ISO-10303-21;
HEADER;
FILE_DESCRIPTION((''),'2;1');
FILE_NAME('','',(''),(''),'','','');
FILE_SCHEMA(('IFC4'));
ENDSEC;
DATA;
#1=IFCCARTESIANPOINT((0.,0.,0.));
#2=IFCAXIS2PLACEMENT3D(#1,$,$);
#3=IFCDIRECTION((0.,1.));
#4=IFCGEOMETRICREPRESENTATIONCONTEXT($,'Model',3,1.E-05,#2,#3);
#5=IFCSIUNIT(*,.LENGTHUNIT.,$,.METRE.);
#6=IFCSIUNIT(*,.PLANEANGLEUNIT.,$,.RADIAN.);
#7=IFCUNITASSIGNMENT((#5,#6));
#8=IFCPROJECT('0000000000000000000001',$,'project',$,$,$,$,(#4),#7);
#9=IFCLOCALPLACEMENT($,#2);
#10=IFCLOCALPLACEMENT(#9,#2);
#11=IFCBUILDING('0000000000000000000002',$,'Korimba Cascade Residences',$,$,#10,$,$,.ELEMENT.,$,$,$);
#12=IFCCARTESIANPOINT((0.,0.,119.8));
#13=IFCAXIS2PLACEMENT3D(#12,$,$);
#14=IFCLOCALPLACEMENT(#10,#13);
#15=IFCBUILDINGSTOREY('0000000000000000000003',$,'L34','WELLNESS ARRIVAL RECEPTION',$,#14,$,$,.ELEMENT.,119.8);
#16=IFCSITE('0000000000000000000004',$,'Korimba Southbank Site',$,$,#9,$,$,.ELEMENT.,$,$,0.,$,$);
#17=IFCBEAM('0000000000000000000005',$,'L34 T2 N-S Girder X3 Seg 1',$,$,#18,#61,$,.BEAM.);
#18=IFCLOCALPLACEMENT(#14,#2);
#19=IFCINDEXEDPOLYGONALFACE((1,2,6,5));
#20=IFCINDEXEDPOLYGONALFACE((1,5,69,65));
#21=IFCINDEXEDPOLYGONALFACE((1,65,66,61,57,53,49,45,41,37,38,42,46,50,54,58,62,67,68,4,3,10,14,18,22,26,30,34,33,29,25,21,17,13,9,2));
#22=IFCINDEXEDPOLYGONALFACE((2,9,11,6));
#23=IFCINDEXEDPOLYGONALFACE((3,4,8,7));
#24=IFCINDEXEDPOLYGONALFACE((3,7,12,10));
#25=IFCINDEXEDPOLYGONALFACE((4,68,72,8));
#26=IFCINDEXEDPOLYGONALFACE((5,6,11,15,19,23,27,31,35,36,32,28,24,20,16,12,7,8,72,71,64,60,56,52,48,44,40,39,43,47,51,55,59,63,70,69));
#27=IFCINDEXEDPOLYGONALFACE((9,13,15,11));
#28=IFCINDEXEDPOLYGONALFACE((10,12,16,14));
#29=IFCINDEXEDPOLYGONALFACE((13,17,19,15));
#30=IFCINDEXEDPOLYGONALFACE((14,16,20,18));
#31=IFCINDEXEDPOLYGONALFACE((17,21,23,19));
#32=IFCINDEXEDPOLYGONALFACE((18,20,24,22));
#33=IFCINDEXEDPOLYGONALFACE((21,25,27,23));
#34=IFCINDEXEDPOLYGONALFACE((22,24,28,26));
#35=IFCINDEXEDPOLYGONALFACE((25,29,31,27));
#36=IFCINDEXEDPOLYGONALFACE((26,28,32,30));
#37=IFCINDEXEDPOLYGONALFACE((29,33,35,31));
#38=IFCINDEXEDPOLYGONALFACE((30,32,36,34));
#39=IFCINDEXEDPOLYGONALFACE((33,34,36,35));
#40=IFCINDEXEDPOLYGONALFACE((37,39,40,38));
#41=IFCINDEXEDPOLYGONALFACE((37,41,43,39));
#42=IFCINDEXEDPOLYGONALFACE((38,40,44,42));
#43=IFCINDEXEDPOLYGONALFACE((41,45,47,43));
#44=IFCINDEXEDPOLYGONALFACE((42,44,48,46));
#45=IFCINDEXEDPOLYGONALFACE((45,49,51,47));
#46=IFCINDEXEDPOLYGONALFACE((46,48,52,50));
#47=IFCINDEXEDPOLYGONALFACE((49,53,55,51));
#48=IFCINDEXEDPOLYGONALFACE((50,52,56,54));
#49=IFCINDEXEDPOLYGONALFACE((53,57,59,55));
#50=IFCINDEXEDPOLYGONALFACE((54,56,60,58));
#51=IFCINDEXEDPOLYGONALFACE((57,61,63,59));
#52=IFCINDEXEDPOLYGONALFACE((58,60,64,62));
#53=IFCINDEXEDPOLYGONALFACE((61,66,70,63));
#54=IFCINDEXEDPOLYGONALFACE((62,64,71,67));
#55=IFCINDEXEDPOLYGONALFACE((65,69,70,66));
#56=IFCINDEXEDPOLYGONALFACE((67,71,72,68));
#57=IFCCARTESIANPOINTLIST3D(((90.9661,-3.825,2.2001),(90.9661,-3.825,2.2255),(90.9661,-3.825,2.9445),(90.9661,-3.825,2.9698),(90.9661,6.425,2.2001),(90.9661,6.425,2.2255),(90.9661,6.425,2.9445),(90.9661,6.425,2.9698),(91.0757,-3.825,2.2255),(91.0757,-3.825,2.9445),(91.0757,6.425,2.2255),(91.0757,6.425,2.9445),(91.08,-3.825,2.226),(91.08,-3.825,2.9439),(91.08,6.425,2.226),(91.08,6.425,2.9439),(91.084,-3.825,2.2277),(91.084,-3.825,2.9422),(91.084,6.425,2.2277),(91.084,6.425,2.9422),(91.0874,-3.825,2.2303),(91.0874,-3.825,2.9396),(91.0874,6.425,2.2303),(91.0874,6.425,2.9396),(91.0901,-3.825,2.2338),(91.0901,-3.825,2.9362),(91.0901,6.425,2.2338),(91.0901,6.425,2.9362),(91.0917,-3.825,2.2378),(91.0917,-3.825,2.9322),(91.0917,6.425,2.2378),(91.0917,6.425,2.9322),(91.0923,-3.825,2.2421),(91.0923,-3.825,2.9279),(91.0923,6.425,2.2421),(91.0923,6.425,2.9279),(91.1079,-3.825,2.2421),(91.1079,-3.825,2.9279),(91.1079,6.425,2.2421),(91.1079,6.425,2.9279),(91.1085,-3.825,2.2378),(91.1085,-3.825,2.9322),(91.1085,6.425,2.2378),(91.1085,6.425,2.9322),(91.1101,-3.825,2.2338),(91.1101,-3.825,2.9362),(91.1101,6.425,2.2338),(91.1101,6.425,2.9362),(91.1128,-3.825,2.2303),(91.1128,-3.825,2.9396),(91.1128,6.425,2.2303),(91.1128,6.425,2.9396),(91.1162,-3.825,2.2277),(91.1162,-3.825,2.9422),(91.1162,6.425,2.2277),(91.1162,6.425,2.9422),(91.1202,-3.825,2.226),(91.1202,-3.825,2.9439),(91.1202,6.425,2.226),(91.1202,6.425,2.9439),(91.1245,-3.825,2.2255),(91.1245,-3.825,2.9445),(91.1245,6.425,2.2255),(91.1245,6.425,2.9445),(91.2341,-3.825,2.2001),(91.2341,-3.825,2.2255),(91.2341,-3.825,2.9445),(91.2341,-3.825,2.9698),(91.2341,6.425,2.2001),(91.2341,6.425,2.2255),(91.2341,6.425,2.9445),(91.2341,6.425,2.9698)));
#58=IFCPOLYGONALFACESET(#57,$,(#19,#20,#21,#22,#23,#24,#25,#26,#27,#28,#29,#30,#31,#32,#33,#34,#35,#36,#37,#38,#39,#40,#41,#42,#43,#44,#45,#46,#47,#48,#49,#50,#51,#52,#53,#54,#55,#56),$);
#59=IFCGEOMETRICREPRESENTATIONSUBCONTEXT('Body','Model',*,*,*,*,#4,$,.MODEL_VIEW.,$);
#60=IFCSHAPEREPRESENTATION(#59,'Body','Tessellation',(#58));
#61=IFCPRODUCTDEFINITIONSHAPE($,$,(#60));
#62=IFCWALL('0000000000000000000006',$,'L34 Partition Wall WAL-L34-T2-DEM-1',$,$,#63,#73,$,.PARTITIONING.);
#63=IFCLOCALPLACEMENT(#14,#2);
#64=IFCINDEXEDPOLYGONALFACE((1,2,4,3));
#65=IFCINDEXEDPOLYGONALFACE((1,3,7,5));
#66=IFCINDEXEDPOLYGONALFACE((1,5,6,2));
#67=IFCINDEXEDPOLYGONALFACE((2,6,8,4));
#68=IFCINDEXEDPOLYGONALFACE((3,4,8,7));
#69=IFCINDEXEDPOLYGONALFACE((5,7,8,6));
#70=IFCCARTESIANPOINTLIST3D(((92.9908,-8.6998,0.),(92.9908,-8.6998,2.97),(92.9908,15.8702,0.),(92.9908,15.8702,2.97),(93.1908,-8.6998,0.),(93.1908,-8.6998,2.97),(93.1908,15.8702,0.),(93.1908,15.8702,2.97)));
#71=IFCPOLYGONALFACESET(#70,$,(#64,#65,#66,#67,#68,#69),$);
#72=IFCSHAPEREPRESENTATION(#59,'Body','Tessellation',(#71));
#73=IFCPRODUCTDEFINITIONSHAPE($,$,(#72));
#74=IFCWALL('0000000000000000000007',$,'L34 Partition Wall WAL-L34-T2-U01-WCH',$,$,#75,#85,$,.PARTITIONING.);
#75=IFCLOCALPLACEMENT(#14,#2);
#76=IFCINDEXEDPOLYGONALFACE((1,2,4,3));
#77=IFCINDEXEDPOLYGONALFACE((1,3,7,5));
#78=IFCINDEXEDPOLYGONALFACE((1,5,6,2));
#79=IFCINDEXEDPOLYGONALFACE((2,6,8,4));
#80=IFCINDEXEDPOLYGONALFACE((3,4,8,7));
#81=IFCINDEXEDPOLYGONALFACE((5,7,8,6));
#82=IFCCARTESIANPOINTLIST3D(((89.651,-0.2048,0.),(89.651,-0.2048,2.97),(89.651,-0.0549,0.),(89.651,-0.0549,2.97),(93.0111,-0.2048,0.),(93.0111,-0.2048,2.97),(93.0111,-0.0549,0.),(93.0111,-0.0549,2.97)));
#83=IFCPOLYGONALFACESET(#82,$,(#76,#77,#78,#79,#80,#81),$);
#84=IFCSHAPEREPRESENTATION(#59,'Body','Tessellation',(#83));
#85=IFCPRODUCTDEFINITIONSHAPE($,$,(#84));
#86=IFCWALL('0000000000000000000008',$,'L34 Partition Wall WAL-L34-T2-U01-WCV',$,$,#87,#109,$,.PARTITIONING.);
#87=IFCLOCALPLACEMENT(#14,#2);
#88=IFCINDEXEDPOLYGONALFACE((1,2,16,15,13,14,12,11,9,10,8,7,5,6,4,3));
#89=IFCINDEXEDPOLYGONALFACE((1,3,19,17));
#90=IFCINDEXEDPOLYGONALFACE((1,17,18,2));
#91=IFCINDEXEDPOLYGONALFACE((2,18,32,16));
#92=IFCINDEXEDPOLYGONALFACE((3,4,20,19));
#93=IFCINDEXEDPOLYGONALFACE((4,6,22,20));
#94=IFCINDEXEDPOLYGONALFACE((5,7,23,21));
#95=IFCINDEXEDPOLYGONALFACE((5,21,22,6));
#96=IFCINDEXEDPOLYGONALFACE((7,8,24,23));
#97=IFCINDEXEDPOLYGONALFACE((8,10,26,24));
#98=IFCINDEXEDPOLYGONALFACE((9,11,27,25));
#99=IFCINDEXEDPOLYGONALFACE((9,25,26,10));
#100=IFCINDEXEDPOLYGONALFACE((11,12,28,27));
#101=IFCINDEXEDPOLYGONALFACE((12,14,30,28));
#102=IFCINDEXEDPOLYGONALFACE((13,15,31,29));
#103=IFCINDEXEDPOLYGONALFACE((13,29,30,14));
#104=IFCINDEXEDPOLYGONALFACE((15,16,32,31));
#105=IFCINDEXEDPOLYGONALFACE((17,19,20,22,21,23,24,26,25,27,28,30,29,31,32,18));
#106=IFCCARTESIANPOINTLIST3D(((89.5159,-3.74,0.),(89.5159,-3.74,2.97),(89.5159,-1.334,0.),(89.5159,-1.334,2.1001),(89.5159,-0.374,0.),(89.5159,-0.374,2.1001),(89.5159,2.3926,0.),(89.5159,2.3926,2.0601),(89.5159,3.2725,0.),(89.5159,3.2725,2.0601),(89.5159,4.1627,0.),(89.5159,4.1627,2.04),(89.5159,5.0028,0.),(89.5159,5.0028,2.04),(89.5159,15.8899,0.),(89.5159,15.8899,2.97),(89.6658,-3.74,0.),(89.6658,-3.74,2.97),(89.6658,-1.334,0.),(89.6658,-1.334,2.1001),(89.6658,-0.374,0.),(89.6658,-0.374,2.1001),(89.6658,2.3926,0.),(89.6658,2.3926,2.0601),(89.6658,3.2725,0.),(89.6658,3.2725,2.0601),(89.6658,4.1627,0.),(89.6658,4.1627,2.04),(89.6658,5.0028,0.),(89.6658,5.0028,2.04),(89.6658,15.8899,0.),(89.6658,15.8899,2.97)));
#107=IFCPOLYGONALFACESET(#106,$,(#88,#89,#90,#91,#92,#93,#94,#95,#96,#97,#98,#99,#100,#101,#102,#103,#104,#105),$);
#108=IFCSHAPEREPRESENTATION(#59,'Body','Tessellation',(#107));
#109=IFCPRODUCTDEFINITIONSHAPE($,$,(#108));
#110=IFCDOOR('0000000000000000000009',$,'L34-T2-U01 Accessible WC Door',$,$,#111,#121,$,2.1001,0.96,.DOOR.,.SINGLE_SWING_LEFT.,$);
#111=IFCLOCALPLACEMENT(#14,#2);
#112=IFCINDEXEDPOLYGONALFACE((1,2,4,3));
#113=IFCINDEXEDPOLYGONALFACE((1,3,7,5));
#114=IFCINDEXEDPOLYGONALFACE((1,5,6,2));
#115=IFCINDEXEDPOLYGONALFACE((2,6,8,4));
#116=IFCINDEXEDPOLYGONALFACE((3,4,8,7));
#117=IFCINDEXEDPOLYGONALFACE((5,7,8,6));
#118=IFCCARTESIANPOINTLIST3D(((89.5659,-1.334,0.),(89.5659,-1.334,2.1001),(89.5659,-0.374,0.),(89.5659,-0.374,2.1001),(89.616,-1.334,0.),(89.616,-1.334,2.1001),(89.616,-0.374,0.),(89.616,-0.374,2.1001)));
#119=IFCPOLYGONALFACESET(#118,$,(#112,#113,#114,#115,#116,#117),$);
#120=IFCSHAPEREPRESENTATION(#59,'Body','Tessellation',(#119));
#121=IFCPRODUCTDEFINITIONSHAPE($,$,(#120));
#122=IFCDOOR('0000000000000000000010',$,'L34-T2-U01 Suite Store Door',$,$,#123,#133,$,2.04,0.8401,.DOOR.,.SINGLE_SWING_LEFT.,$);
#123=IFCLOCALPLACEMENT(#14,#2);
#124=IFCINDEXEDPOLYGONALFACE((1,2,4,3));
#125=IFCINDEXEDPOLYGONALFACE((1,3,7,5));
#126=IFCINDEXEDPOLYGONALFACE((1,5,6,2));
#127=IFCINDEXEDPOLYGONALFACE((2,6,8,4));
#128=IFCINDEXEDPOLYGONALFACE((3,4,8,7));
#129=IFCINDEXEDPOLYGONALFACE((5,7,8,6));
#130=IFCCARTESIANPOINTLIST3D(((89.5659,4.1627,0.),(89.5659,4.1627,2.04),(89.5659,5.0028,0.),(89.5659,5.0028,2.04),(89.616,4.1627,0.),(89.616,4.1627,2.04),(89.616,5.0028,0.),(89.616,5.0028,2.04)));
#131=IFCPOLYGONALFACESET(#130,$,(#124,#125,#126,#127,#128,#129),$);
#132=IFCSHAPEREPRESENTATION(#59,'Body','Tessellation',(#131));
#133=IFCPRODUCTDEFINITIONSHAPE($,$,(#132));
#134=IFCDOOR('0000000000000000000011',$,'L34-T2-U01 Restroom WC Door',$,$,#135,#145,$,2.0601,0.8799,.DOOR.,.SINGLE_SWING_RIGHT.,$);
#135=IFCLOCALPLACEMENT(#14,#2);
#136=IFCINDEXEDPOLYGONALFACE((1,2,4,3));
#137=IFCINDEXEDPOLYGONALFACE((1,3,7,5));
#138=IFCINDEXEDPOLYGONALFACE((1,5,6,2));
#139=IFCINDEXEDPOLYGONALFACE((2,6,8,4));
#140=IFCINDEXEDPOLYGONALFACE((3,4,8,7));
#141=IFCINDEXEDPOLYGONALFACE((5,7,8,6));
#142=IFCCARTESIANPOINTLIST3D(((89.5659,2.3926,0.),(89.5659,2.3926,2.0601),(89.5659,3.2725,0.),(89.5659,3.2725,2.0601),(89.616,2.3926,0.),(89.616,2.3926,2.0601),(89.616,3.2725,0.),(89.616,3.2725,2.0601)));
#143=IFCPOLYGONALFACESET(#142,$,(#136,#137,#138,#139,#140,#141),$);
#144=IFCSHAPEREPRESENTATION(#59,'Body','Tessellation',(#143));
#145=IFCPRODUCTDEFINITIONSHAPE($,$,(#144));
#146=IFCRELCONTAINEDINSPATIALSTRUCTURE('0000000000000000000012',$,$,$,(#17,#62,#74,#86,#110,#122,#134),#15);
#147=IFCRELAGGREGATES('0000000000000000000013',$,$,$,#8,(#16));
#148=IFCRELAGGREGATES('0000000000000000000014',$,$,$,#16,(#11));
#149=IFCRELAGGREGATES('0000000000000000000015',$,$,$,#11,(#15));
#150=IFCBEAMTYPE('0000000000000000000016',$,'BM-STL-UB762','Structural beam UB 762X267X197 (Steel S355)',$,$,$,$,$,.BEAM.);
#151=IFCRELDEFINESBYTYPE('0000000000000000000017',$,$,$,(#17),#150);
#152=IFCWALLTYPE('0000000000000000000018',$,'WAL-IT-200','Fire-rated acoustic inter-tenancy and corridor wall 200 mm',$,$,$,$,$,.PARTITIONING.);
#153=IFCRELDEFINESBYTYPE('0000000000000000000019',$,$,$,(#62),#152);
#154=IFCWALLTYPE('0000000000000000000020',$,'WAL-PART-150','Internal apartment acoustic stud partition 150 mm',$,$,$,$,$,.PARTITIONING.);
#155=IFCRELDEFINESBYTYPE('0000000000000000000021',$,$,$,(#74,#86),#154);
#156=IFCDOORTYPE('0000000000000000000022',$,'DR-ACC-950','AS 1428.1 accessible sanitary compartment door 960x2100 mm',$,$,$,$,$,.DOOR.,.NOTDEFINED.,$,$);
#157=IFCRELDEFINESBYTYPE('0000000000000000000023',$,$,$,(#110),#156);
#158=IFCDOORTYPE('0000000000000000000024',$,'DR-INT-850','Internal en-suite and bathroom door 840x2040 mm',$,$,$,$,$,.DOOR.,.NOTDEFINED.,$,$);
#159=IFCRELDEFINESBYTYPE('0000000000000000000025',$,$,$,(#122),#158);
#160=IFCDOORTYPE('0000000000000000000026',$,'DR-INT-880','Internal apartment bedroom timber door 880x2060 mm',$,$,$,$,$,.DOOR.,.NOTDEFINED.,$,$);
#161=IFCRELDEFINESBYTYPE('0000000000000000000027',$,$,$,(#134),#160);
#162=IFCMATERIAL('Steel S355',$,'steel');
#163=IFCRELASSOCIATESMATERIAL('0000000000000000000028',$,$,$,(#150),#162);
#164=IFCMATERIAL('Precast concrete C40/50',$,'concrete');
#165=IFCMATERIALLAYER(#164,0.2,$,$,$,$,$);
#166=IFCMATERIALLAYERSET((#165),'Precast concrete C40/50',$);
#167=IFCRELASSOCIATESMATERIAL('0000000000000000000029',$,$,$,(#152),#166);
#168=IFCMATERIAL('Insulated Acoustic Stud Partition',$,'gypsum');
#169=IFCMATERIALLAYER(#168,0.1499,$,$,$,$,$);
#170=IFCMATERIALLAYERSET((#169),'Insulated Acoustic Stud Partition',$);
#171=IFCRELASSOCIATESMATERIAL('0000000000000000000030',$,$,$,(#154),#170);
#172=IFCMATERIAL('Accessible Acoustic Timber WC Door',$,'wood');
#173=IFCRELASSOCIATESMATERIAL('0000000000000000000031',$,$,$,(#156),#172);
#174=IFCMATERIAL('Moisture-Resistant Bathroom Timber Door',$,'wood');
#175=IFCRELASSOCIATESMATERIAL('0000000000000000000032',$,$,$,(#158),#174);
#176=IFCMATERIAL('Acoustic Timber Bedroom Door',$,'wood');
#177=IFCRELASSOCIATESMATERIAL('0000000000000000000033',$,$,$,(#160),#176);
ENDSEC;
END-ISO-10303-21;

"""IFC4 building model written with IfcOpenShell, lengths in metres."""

from ifc_helpers import new_model, si_unit, direction, frame, frame_2d, origin, origin_2d, place, context, subcontext, project, spatial, rectangle, i_section, extrude, material, layer, layer_set, material_profile, profile_set, type_object, element, fill, save


model = new_model("IFC4")

# Units and contexts
model_context = context("Model", 3, precision=1e-05, world=origin(), true_north=direction((0.0, 1.0)))
body_context = subcontext(model_context, "Body", "Model", "MODEL_VIEW")
ifc_project = project(units=[si_unit("LENGTHUNIT", "METRE"), si_unit("PLANEANGLEUNIT", "RADIAN")], contexts=[model_context])

# Site, building, storey
site_placement = place(None, origin())
site = spatial("IfcSite", under=ifc_project, at=site_placement, Name="Korimba Southbank Site", CompositionType="ELEMENT", RefElevation=0.0)
building_placement = place(site_placement, origin())
building = spatial("IfcBuilding", under=site, at=building_placement, Name="Korimba Cascade Residences", CompositionType="ELEMENT")
storey_placement = place(building_placement, frame((0.0, 0.0, 119.8)))
storey = spatial("IfcBuildingStorey", under=building, at=storey_placement, Name="L34", Description="WELLNESS ARRIVAL RECEPTION", CompositionType="ELEMENT", Elevation=119.8)

# Beam
ifc_material_1 = material(Name="Steel S355", Category="steel")
ifc_material_profile_1 = material_profile(ifc_material_1, i_section(OverallWidth=0.2681, OverallDepth=0.7698, WebThickness=0.0156, FlangeThickness=0.0254, FilletRadius=0.0166, at=origin_2d()), Name="Steel S355")
ifc_profile_set_1 = profile_set([ifc_material_profile_1], Name="Steel S355")
beam_type_1 = type_object("IfcBeamType", Name="BM-STL-UB762", Description="Structural beam UB 762X267X197 (Steel S355)", PredefinedType="BEAM", material=ifc_profile_set_1)
for number, where, z_axis, x_axis, name in (
    (1, (91.1001, -3.825, 2.585), (0.0, 1.0, 0.0), (-1.0, 0.0, 0.0), "L34 T2 N-S Girder X3 Seg 1"),
):
    element("IfcBeam", number, at=place(storey_placement, frame(where, z_axis=z_axis, x_axis=x_axis)), inside=storey, type_object=beam_type_1, Name=name, PredefinedType="BEAM", context=body_context, shape_type="SweptSolid", body=[
        extrude(i_section(OverallWidth=0.2681, OverallDepth=0.7698, WebThickness=0.0156, FlangeThickness=0.0254, FilletRadius=0.0166, at=origin_2d()), origin(), (0.0, 0.0, 1.0), 10.25),
    ])

# Walls
ifc_material_2 = material(Name="Precast concrete C40/50", Category="concrete")
ifc_layer_1 = layer(ifc_material_2, 0.2)
ifc_layer_set_1 = layer_set([ifc_layer_1], Name="Precast concrete C40/50")
wall_type_1 = type_object("IfcWallType", Name="WAL-IT-200", Description="Fire-rated acoustic inter-tenancy and corridor wall 200 mm", PredefinedType="PARTITIONING", material=ifc_layer_set_1)
wall_1_placement = place(storey_placement, frame((93.0908, -8.7, 0.0), z_axis=(0.0, 0.0, 1.0), x_axis=(0.0, 1.0, 0.0)))
element("IfcWall", 2, at=wall_1_placement, inside=storey, type_object=wall_type_1, Name="L34 Partition Wall WAL-L34-T2-DEM-1", PredefinedType="PARTITIONING", context=body_context, shape_type="SweptSolid", body=[
    extrude(rectangle(XDim=24.5701, YDim=0.2, at=frame_2d((12.2852, 0.0))), origin(), (0.0, 0.0, 1.0), 2.97),
])
ifc_material_3 = material(Name="Insulated Acoustic Stud Partition", Category="gypsum")
ifc_layer_2 = layer(ifc_material_3, 0.1499)
ifc_layer_set_2 = layer_set([ifc_layer_2], Name="Insulated Acoustic Stud Partition")
wall_type_2 = type_object("IfcWallType", Name="WAL-PART-150", Description="Internal apartment acoustic stud partition 150 mm", PredefinedType="PARTITIONING", material=ifc_layer_set_2)
wall_2_placement = place(storey_placement, frame((89.6509, -0.1299, 0.0), z_axis=(0.0, 0.0, 1.0), x_axis=(1.0, 0.0, 0.0)))
element("IfcWall", 3, at=wall_2_placement, inside=storey, type_object=wall_type_2, Name="L34 Partition Wall WAL-L34-T2-U01-WCH", PredefinedType="PARTITIONING", context=body_context, shape_type="SweptSolid", body=[
    extrude(rectangle(XDim=3.3601, YDim=0.1499, at=frame_2d((1.6802, 0.0))), origin(), (0.0, 0.0, 1.0), 2.97),
])

# Wall, openings, doors
wall_3_placement = place(storey_placement, frame((89.5908, -3.74, 0.0), z_axis=(0.0, 0.0, 1.0), x_axis=(0.0, 1.0, 0.0)))
wall_3 = element("IfcWall", 4, at=wall_3_placement, inside=storey, type_object=wall_type_2, Name="L34 Partition Wall WAL-L34-T2-U01-WCV", PredefinedType="PARTITIONING", context=body_context, shape_type="SweptSolid", body=[
    extrude(rectangle(XDim=19.6299, YDim=0.1499, at=frame_2d((9.8149, 0.0))), origin(), (0.0, 0.0, 1.0), 2.97),
])
opening_1_placement = place(wall_3_placement, frame((2.406, 0.0, 0.0)))
opening_1 = element("IfcOpeningElement", 5, at=opening_1_placement, cuts=wall_3, PredefinedType="OPENING", context=body_context, shape_type="SweptSolid", body=[
    extrude(rectangle(XDim=0.96, YDim=2.1001, at=frame_2d((0.48, 1.05))), frame((0.0, 0.085, 0.0), z_axis=(0.0, -1.0, 0.0), x_axis=(1.0, 0.0, 0.0)), (0.0, 0.0, 1.0), 0.1699),
])
opening_2_placement = place(wall_3_placement, frame((6.1326, 0.0, 0.0)))
opening_2 = element("IfcOpeningElement", 6, at=opening_2_placement, cuts=wall_3, PredefinedType="OPENING", context=body_context, shape_type="SweptSolid", body=[
    extrude(rectangle(XDim=0.8799, YDim=2.0601, at=frame_2d((0.4399, 1.03))), frame((0.0, 0.085, 0.0), z_axis=(0.0, -1.0, 0.0), x_axis=(1.0, 0.0, 0.0)), (0.0, 0.0, 1.0), 0.1699),
])
opening_3_placement = place(wall_3_placement, frame((7.9028, 0.0, 0.0)))
opening_3 = element("IfcOpeningElement", 7, at=opening_3_placement, cuts=wall_3, PredefinedType="OPENING", context=body_context, shape_type="SweptSolid", body=[
    extrude(rectangle(XDim=0.8401, YDim=2.04, at=frame_2d((0.4199, 1.02))), frame((0.0, 0.085, 0.0), z_axis=(0.0, -1.0, 0.0), x_axis=(1.0, 0.0, 0.0)), (0.0, 0.0, 1.0), 0.1699),
])
ifc_material_4 = material(Name="Accessible Acoustic Timber WC Door", Category="wood")
door_type_1 = type_object("IfcDoorType", Name="DR-ACC-950", Description="AS 1428.1 accessible sanitary compartment door 960x2100 mm", OperationType="NOTDEFINED", PredefinedType="DOOR", material=ifc_material_4)
door_1_placement = place(opening_1_placement, origin())
door_1 = element("IfcDoor", 8, at=door_1_placement, inside=storey, type_object=door_type_1, Name="L34-T2-U01 Accessible WC Door", OperationType="SINGLE_SWING_LEFT", OverallHeight=2.1001, OverallWidth=0.96, PredefinedType="DOOR", context=body_context, shape_type="SweptSolid", body=[
    extrude(rectangle(XDim=0.96, YDim=2.1001, at=frame_2d((0.48, 1.05))), frame((0.0, 0.0249, 0.0), z_axis=(0.0, -1.0, 0.0), x_axis=(1.0, 0.0, 0.0)), (0.0, 0.0, 1.0), 0.05),
])
fill(opening_1, door_1)
ifc_material_5 = material(Name="Moisture-Resistant Bathroom Timber Door", Category="wood")
door_type_2 = type_object("IfcDoorType", Name="DR-INT-850", Description="Internal en-suite and bathroom door 840x2040 mm", OperationType="NOTDEFINED", PredefinedType="DOOR", material=ifc_material_5)
door_2_placement = place(opening_3_placement, origin())
door_2 = element("IfcDoor", 9, at=door_2_placement, inside=storey, type_object=door_type_2, Name="L34-T2-U01 Suite Store Door", OperationType="SINGLE_SWING_LEFT", OverallHeight=2.04, OverallWidth=0.8401, PredefinedType="DOOR", context=body_context, shape_type="SweptSolid", body=[
    extrude(rectangle(XDim=0.8401, YDim=2.04, at=frame_2d((0.4199, 1.02))), frame((0.0, 0.0249, 0.0), z_axis=(0.0, -1.0, 0.0), x_axis=(1.0, 0.0, 0.0)), (0.0, 0.0, 1.0), 0.05),
])
fill(opening_3, door_2)
ifc_material_6 = material(Name="Acoustic Timber Bedroom Door", Category="wood")
door_type_3 = type_object("IfcDoorType", Name="DR-INT-880", Description="Internal apartment bedroom timber door 880x2060 mm", OperationType="NOTDEFINED", PredefinedType="DOOR", material=ifc_material_6)
door_3_placement = place(opening_2_placement, origin())
door_3 = element("IfcDoor", 10, at=door_3_placement, inside=storey, type_object=door_type_3, Name="L34-T2-U01 Restroom WC Door", OperationType="SINGLE_SWING_RIGHT", OverallHeight=2.0601, OverallWidth=0.8799, PredefinedType="DOOR", context=body_context, shape_type="SweptSolid", body=[
    extrude(rectangle(XDim=0.8799, YDim=2.0601, at=frame_2d((0.4399, 1.03))), frame((0.0, 0.0249, 0.0), z_axis=(0.0, -1.0, 0.0), x_axis=(1.0, 0.0, 0.0)), (0.0, 0.0, 1.0), 0.05),
])
fill(opening_2, door_3)

save(model, "model.ifc")
